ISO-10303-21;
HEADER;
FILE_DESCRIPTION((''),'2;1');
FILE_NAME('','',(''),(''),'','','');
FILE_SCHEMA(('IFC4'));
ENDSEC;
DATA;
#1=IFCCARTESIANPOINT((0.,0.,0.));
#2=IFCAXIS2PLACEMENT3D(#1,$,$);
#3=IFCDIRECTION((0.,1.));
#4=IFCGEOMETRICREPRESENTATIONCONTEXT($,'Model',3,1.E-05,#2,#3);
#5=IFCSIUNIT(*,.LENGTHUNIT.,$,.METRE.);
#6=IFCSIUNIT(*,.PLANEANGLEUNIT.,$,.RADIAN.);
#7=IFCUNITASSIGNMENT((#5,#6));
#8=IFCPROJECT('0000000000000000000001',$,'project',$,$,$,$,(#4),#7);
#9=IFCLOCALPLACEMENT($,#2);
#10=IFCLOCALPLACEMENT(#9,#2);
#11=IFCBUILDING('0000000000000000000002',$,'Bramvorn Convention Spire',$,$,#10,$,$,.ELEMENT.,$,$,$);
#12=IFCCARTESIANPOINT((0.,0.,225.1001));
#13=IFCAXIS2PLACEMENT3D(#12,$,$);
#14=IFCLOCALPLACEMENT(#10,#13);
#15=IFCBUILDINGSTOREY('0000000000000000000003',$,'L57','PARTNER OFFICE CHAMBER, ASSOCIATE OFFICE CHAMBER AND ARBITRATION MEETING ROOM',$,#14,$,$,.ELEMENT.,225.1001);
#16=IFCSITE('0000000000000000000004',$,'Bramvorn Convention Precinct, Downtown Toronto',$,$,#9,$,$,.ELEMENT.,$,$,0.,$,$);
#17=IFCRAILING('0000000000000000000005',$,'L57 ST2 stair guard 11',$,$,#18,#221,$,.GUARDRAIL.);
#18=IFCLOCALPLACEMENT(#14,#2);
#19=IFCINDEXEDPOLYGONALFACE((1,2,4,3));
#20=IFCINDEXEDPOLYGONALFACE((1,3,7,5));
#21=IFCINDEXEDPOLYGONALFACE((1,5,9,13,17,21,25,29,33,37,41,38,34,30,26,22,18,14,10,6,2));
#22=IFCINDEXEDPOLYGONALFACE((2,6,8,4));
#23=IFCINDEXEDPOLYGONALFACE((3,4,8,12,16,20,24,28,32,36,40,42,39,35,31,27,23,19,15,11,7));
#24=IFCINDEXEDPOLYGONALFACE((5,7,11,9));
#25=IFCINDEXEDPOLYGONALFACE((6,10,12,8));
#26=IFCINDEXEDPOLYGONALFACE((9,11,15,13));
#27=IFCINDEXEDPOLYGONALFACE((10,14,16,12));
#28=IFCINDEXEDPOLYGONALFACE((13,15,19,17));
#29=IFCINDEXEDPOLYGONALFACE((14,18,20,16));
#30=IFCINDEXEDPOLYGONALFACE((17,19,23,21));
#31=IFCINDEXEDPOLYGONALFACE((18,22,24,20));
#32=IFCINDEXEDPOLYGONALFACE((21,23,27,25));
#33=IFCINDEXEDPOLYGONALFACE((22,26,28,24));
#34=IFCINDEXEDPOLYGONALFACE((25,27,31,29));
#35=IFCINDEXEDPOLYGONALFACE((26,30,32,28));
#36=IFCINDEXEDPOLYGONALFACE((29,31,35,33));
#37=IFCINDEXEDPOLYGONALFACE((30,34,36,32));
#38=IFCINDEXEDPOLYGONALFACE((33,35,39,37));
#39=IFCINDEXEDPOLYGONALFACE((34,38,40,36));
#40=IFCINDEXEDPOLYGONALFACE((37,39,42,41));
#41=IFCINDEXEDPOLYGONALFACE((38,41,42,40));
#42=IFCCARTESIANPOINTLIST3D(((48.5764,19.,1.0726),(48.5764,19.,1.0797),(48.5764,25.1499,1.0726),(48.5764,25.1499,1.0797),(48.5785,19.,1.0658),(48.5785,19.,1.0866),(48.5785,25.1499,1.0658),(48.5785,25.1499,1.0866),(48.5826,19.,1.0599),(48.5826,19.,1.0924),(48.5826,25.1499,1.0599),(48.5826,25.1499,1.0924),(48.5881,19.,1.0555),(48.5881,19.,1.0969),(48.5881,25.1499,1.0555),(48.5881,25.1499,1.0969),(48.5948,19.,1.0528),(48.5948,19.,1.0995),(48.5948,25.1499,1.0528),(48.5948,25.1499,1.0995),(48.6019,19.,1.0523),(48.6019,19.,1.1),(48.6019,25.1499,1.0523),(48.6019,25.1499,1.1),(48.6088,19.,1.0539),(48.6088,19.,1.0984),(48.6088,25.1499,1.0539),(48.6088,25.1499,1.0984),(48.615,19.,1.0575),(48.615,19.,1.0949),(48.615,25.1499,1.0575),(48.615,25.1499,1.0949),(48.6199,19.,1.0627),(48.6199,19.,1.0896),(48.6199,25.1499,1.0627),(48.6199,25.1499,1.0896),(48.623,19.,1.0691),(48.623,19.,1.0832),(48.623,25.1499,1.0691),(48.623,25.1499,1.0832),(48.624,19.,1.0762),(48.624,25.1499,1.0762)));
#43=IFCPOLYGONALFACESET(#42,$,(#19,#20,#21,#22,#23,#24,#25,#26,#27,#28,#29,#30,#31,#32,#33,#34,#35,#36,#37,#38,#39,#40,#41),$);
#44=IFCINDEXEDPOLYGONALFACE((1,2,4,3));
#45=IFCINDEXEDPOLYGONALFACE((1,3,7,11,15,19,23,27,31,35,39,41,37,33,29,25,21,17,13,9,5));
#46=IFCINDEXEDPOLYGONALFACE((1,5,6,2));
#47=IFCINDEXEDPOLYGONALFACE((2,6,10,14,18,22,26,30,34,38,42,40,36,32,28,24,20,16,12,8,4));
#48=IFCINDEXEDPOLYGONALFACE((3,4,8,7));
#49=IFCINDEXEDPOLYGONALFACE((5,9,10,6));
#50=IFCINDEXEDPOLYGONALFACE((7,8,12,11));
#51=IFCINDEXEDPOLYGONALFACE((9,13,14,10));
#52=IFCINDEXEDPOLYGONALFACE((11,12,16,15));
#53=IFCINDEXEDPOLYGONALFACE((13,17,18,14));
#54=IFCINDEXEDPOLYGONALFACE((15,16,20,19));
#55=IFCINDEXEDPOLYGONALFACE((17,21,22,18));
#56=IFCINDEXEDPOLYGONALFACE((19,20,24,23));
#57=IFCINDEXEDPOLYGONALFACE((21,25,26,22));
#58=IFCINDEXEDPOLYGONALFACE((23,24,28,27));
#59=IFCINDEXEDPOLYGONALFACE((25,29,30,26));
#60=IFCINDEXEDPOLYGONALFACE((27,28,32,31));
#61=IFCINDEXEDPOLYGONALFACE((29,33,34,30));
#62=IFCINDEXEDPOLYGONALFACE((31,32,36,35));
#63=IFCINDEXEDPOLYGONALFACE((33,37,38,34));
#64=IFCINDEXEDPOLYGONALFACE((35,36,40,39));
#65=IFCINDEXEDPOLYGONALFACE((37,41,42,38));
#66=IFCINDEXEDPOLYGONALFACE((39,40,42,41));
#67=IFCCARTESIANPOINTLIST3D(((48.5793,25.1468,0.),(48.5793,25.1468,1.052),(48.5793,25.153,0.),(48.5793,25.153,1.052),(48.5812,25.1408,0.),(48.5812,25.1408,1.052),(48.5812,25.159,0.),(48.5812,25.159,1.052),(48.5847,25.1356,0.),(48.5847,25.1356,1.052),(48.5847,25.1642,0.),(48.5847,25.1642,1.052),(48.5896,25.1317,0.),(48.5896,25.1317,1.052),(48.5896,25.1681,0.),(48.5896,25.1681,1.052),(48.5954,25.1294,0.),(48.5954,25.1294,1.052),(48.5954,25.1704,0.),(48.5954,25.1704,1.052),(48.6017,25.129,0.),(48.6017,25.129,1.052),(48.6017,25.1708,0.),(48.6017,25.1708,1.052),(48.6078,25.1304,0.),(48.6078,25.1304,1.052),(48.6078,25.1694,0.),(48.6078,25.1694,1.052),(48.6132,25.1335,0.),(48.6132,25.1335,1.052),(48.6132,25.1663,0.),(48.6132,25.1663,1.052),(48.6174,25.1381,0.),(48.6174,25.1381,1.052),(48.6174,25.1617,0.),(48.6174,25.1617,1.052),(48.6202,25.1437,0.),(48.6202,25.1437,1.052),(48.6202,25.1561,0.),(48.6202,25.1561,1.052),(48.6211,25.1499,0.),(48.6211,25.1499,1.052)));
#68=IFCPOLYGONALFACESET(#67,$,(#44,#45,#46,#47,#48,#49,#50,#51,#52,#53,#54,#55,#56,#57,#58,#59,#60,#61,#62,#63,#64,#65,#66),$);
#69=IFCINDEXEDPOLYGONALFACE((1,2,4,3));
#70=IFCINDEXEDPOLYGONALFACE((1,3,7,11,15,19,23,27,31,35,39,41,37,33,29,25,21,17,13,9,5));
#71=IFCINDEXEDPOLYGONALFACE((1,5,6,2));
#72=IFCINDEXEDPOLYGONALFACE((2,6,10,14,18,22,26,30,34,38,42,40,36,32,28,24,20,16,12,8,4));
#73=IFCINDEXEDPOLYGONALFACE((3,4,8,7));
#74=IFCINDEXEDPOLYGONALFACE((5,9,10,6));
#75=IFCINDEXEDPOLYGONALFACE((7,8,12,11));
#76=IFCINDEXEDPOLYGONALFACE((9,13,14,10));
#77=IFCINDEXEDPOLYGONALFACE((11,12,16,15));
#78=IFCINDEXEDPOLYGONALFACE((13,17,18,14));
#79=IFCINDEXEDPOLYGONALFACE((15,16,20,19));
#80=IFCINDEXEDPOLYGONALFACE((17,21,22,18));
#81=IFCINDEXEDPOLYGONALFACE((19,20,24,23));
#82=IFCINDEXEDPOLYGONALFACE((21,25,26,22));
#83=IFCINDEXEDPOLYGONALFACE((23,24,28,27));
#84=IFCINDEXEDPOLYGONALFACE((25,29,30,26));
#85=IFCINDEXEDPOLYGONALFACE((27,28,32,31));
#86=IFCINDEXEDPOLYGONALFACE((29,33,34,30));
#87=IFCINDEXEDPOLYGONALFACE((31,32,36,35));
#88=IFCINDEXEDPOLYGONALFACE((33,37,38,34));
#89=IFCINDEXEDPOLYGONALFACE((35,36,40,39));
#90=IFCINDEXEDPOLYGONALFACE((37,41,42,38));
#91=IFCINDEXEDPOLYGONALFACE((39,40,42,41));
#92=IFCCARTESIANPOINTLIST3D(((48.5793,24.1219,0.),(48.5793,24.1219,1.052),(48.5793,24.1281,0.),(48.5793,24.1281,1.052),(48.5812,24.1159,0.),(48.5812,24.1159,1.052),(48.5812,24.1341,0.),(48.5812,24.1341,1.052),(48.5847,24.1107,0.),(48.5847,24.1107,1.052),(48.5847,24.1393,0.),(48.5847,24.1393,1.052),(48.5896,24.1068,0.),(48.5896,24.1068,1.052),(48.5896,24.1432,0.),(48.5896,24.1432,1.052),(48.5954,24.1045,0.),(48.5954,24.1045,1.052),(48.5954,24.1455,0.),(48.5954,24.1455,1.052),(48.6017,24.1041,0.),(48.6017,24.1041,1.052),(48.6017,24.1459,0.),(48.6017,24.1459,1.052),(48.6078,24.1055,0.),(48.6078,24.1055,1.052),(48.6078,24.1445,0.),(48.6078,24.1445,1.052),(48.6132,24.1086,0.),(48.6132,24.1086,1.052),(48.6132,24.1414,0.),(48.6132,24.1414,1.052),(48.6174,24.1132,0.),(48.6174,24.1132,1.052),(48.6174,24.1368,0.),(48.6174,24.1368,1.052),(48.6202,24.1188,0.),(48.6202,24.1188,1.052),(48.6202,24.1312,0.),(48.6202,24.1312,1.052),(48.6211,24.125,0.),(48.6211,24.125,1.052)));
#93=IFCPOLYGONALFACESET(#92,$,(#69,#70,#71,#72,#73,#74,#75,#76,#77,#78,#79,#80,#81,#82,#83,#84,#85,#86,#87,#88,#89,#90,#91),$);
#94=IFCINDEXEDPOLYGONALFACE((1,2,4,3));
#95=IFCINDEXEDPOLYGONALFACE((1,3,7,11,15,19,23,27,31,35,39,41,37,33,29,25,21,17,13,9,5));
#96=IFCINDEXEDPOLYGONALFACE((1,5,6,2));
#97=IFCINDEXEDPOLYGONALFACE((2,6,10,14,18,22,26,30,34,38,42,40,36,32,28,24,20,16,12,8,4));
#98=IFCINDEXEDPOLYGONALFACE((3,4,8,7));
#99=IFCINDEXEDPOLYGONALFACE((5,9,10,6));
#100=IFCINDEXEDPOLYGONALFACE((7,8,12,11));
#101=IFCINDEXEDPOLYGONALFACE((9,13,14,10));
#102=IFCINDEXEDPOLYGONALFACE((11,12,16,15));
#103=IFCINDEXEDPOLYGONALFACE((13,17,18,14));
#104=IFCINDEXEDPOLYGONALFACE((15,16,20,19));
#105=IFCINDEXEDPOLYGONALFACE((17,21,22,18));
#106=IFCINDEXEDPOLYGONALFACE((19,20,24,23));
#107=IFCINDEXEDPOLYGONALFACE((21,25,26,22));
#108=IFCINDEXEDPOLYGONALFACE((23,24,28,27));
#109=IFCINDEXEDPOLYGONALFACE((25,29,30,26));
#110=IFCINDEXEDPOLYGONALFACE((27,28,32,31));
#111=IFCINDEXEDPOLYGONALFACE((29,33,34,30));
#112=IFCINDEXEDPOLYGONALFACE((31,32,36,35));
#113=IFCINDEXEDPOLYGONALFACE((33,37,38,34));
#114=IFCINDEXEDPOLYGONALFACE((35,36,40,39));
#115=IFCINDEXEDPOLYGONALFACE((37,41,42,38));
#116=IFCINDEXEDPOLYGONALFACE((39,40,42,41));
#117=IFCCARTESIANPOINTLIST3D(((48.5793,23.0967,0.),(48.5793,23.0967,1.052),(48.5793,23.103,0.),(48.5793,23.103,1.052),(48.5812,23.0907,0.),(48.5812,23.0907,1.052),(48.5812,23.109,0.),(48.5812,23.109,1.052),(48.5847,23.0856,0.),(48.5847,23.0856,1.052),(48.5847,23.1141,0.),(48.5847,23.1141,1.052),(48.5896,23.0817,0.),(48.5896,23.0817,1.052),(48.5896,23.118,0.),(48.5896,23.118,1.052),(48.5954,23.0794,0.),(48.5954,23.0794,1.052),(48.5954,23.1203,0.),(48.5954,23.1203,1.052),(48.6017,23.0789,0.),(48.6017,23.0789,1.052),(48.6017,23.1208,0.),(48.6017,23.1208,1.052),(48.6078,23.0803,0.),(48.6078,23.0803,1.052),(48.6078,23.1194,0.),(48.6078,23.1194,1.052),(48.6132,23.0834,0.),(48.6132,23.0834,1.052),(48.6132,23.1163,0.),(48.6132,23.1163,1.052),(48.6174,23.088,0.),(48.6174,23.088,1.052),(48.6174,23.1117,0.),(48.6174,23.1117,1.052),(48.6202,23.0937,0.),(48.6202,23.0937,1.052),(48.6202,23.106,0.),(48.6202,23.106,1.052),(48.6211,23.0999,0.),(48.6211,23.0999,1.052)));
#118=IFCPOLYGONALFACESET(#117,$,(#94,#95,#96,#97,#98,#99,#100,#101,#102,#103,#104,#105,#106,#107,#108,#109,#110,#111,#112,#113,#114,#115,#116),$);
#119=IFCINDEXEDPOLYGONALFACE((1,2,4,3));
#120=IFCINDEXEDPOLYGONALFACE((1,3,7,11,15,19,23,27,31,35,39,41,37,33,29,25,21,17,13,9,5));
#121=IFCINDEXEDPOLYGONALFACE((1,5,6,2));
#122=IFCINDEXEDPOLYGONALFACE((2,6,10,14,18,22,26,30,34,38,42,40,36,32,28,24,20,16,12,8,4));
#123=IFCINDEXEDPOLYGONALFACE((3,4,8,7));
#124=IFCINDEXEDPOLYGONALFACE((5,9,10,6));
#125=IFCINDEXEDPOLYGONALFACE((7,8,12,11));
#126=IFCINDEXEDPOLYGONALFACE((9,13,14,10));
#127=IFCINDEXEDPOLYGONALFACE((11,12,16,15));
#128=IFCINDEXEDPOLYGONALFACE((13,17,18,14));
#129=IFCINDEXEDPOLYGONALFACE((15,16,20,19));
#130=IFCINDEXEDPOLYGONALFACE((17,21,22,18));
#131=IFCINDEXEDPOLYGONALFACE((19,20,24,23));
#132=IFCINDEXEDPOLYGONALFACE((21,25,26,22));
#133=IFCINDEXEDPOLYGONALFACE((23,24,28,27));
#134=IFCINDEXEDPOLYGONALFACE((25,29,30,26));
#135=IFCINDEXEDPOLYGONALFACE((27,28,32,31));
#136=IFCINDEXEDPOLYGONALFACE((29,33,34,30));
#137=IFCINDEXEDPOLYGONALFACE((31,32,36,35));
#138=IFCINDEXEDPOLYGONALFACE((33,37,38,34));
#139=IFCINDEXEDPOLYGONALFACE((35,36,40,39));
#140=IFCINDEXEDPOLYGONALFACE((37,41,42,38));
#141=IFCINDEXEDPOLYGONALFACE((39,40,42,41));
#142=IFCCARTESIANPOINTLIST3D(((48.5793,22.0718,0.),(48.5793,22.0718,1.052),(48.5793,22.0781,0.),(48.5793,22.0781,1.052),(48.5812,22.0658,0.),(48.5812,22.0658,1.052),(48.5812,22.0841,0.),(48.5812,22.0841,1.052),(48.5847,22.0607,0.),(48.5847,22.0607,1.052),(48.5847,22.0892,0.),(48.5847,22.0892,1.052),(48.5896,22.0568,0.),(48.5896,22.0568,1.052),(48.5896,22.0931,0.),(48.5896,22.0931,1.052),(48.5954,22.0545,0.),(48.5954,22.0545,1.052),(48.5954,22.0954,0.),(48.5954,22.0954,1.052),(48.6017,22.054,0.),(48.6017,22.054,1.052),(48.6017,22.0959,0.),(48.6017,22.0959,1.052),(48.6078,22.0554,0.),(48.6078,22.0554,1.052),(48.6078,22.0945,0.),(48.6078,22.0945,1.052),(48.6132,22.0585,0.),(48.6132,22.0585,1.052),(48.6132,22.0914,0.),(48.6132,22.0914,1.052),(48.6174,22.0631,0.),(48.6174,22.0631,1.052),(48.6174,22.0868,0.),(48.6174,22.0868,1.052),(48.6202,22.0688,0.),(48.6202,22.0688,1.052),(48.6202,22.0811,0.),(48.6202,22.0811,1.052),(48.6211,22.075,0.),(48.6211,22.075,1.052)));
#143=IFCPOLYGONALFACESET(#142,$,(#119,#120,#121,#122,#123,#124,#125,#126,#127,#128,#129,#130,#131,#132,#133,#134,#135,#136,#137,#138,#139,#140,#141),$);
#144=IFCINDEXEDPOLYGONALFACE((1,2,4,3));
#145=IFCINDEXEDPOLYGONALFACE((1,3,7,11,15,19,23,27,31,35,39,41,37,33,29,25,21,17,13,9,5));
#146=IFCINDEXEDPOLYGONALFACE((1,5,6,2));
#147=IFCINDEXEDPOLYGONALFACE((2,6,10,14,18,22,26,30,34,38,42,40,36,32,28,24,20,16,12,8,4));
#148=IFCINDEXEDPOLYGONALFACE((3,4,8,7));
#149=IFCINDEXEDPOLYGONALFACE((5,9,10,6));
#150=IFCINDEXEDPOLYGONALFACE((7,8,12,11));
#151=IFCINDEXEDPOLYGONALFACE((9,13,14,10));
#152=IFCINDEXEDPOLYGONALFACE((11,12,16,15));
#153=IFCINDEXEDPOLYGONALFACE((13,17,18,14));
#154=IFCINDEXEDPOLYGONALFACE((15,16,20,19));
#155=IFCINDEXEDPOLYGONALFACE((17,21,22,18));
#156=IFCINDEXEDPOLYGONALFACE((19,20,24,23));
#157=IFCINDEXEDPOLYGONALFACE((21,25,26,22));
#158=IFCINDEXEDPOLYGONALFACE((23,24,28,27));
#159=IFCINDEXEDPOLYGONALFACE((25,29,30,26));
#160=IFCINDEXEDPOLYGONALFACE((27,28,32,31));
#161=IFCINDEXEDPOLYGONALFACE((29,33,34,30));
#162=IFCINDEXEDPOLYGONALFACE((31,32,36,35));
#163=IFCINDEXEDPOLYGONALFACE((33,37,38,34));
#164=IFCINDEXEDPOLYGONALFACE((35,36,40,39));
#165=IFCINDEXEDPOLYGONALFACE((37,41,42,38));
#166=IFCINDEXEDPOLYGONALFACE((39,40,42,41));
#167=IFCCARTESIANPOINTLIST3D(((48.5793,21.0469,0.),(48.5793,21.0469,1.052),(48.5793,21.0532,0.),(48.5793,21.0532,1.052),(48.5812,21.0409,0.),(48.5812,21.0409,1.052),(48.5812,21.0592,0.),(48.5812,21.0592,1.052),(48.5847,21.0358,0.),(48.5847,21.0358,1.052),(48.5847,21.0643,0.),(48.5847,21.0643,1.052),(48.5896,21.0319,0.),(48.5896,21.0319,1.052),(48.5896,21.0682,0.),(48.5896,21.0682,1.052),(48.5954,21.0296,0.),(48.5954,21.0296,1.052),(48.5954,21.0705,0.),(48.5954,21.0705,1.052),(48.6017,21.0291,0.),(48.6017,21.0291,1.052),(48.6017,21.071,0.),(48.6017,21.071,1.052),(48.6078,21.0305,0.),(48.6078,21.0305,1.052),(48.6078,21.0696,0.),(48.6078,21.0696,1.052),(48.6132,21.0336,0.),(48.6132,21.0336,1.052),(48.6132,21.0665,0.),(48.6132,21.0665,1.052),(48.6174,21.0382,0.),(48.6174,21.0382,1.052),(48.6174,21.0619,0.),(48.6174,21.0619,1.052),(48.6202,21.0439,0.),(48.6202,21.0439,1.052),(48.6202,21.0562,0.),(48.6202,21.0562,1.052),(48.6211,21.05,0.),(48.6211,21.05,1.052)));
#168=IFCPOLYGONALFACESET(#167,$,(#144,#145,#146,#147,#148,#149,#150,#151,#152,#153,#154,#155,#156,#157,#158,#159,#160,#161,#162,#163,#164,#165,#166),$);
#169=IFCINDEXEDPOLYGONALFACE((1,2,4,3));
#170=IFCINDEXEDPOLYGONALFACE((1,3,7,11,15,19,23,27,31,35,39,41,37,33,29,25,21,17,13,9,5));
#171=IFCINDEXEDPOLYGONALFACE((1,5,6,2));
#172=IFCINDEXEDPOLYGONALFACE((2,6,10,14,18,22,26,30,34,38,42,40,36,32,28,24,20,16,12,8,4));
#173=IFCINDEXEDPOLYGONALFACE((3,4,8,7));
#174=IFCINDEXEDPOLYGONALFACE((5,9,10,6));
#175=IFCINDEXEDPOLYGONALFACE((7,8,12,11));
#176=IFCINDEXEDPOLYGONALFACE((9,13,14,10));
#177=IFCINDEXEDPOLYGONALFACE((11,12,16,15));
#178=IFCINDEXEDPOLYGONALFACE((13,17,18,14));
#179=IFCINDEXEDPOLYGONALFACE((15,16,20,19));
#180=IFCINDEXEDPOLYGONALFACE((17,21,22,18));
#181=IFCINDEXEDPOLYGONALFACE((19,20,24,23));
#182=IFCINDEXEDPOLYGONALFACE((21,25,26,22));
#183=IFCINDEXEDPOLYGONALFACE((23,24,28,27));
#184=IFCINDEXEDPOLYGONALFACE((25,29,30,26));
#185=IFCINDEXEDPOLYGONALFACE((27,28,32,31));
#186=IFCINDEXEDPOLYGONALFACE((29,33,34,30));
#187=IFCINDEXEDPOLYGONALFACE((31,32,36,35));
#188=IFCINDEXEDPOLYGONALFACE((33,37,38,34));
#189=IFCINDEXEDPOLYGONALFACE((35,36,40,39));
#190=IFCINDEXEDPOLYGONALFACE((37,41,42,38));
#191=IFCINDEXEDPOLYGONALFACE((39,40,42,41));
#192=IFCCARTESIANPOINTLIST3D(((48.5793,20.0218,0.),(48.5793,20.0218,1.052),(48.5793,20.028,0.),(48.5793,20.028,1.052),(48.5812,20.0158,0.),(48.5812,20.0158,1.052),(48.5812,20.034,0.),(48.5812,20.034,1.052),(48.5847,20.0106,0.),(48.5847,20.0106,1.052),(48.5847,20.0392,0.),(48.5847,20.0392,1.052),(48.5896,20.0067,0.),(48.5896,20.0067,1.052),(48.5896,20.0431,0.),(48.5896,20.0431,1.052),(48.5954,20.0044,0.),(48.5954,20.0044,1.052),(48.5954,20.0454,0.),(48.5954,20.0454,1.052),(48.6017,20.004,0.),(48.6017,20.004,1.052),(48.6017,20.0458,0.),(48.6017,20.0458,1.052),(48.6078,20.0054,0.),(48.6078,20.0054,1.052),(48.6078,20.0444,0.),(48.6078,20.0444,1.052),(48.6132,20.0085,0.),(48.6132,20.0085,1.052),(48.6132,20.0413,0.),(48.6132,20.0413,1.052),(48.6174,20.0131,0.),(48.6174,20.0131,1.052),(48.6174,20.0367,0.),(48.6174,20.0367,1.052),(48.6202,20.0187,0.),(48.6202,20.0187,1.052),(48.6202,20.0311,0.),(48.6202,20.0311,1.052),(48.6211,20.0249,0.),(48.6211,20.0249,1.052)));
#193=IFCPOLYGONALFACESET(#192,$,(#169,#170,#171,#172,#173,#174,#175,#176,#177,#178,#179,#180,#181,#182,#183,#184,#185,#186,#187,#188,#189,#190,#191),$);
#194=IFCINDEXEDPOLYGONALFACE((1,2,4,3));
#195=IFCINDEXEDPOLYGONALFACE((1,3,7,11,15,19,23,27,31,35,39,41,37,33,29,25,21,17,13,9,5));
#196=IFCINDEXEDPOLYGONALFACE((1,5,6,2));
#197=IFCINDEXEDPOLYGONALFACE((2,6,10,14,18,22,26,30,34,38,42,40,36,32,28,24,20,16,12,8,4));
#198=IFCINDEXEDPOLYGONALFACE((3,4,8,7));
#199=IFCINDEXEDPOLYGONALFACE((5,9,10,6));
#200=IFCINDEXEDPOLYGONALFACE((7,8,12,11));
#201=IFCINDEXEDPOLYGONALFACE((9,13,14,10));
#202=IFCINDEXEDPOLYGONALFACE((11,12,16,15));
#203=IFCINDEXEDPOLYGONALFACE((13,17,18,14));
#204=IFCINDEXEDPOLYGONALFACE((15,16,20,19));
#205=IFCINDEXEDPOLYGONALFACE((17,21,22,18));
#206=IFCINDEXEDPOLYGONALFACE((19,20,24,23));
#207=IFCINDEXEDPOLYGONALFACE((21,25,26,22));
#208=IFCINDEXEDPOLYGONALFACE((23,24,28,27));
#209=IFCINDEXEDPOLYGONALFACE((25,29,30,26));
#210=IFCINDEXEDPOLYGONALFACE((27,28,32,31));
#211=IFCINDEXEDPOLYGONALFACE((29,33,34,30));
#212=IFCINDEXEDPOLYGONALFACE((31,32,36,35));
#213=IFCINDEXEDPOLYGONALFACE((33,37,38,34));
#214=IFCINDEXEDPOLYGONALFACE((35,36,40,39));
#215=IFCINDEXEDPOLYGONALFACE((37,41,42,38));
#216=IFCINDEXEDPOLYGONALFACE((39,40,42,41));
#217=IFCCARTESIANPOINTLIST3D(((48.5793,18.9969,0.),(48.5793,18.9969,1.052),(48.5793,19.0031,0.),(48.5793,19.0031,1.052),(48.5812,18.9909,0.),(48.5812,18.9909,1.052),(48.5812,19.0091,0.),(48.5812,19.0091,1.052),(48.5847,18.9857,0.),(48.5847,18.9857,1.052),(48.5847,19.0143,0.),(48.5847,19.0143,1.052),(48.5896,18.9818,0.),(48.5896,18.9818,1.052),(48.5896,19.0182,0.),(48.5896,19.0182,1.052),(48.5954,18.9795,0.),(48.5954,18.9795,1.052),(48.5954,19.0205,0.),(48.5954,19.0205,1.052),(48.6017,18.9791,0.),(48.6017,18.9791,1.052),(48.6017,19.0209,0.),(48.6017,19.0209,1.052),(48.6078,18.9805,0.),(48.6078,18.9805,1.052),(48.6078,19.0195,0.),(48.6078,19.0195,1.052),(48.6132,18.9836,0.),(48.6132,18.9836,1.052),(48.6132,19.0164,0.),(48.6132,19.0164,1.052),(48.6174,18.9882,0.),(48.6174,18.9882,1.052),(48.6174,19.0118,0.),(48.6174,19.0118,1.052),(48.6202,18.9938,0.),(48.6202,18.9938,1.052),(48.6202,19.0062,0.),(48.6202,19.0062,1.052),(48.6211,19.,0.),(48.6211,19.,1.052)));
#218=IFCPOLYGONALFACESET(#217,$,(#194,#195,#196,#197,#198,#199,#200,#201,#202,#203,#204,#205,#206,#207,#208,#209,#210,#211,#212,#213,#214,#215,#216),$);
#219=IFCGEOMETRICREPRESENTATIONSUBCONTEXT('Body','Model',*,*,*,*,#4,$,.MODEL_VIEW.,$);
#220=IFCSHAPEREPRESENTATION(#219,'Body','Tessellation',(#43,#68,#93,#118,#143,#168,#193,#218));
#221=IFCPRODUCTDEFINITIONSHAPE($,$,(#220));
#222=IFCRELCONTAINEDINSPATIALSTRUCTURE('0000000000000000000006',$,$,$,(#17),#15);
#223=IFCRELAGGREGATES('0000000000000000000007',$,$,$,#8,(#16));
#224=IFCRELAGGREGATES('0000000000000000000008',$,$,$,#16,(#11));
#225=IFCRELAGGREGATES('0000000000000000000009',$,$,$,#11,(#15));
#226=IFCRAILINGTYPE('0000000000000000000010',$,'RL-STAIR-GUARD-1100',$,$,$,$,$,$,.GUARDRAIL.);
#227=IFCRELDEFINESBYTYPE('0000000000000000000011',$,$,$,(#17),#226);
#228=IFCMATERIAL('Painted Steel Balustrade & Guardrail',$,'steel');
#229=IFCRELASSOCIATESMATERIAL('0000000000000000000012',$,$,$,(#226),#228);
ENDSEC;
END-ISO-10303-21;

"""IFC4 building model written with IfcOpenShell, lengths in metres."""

from ifc_helpers import new_model, si_unit, direction, frame, origin, origin_2d, place, context, subcontext, project, spatial, circle, extrude, material, type_object, element, save


model = new_model("IFC4")

# Units and contexts
model_context = context("Model", 3, precision=1e-05, world=origin(), true_north=direction((0.0, 1.0)))
body_context = subcontext(model_context, "Body", "Model", "MODEL_VIEW")
ifc_project = project(units=[si_unit("LENGTHUNIT", "METRE"), si_unit("PLANEANGLEUNIT", "RADIAN")], contexts=[model_context])

# Site, building, storey
site_placement = place(None, origin())
site = spatial("IfcSite", under=ifc_project, at=site_placement, Name="Bramvorn Convention Precinct, Downtown Toronto", CompositionType="ELEMENT", RefElevation=0.0)
building_placement = place(site_placement, origin())
building = spatial("IfcBuilding", under=site, at=building_placement, Name="Bramvorn Convention Spire", CompositionType="ELEMENT")
storey_placement = place(building_placement, frame((0.0, 0.0, 225.1001)))
storey = spatial("IfcBuildingStorey", under=building, at=storey_placement, Name="L57", Description="PARTNER OFFICE CHAMBER, ASSOCIATE OFFICE CHAMBER AND ARBITRATION MEETING ROOM", CompositionType="ELEMENT", Elevation=225.1001)

# Railing
ifc_material_1 = material(Name="Painted Steel Balustrade & Guardrail", Category="steel")
railing_type_1 = type_object("IfcRailingType", Name="RL-STAIR-GUARD-1100", PredefinedType="GUARDRAIL", material=ifc_material_1)
railing_1_placement = place(storey_placement, frame((48.6001, 25.1499, 0.0)))
element("IfcRailing", 1, at=railing_1_placement, inside=storey, type_object=railing_type_1, Name="L57 ST2 stair guard 11", PredefinedType="GUARDRAIL", context=body_context, shape_type="SweptSolid", body=[
    extrude(circle(Radius=0.0239, at=origin_2d()), frame((0.0, 0.0, 1.0762), z_axis=(0.0, -1.0, 0.0), x_axis=(1.0, 0.0, 0.0)), (0.0, 0.0, 1.0), 6.1499),
    extrude(circle(Radius=0.021, at=origin_2d()), origin(), (0.0, 0.0, 1.0), 1.052),
    extrude(circle(Radius=0.021, at=origin_2d()), frame((0.0, -1.0249, 0.0)), (0.0, 0.0, 1.0), 1.052),
    extrude(circle(Radius=0.021, at=origin_2d()), frame((0.0, -2.05, 0.0)), (0.0, 0.0, 1.0), 1.052),
    extrude(circle(Radius=0.021, at=origin_2d()), frame((0.0, -3.075, 0.0)), (0.0, 0.0, 1.0), 1.052),
    extrude(circle(Radius=0.021, at=origin_2d()), frame((0.0, -4.0999, 0.0)), (0.0, 0.0, 1.0), 1.052),
    extrude(circle(Radius=0.021, at=origin_2d()), frame((0.0, -5.125, 0.0)), (0.0, 0.0, 1.0), 1.052),
    extrude(circle(Radius=0.021, at=origin_2d()), frame((0.0, -6.1499, 0.0)), (0.0, 0.0, 1.0), 1.052),
])

save(model, "model.ifc")
